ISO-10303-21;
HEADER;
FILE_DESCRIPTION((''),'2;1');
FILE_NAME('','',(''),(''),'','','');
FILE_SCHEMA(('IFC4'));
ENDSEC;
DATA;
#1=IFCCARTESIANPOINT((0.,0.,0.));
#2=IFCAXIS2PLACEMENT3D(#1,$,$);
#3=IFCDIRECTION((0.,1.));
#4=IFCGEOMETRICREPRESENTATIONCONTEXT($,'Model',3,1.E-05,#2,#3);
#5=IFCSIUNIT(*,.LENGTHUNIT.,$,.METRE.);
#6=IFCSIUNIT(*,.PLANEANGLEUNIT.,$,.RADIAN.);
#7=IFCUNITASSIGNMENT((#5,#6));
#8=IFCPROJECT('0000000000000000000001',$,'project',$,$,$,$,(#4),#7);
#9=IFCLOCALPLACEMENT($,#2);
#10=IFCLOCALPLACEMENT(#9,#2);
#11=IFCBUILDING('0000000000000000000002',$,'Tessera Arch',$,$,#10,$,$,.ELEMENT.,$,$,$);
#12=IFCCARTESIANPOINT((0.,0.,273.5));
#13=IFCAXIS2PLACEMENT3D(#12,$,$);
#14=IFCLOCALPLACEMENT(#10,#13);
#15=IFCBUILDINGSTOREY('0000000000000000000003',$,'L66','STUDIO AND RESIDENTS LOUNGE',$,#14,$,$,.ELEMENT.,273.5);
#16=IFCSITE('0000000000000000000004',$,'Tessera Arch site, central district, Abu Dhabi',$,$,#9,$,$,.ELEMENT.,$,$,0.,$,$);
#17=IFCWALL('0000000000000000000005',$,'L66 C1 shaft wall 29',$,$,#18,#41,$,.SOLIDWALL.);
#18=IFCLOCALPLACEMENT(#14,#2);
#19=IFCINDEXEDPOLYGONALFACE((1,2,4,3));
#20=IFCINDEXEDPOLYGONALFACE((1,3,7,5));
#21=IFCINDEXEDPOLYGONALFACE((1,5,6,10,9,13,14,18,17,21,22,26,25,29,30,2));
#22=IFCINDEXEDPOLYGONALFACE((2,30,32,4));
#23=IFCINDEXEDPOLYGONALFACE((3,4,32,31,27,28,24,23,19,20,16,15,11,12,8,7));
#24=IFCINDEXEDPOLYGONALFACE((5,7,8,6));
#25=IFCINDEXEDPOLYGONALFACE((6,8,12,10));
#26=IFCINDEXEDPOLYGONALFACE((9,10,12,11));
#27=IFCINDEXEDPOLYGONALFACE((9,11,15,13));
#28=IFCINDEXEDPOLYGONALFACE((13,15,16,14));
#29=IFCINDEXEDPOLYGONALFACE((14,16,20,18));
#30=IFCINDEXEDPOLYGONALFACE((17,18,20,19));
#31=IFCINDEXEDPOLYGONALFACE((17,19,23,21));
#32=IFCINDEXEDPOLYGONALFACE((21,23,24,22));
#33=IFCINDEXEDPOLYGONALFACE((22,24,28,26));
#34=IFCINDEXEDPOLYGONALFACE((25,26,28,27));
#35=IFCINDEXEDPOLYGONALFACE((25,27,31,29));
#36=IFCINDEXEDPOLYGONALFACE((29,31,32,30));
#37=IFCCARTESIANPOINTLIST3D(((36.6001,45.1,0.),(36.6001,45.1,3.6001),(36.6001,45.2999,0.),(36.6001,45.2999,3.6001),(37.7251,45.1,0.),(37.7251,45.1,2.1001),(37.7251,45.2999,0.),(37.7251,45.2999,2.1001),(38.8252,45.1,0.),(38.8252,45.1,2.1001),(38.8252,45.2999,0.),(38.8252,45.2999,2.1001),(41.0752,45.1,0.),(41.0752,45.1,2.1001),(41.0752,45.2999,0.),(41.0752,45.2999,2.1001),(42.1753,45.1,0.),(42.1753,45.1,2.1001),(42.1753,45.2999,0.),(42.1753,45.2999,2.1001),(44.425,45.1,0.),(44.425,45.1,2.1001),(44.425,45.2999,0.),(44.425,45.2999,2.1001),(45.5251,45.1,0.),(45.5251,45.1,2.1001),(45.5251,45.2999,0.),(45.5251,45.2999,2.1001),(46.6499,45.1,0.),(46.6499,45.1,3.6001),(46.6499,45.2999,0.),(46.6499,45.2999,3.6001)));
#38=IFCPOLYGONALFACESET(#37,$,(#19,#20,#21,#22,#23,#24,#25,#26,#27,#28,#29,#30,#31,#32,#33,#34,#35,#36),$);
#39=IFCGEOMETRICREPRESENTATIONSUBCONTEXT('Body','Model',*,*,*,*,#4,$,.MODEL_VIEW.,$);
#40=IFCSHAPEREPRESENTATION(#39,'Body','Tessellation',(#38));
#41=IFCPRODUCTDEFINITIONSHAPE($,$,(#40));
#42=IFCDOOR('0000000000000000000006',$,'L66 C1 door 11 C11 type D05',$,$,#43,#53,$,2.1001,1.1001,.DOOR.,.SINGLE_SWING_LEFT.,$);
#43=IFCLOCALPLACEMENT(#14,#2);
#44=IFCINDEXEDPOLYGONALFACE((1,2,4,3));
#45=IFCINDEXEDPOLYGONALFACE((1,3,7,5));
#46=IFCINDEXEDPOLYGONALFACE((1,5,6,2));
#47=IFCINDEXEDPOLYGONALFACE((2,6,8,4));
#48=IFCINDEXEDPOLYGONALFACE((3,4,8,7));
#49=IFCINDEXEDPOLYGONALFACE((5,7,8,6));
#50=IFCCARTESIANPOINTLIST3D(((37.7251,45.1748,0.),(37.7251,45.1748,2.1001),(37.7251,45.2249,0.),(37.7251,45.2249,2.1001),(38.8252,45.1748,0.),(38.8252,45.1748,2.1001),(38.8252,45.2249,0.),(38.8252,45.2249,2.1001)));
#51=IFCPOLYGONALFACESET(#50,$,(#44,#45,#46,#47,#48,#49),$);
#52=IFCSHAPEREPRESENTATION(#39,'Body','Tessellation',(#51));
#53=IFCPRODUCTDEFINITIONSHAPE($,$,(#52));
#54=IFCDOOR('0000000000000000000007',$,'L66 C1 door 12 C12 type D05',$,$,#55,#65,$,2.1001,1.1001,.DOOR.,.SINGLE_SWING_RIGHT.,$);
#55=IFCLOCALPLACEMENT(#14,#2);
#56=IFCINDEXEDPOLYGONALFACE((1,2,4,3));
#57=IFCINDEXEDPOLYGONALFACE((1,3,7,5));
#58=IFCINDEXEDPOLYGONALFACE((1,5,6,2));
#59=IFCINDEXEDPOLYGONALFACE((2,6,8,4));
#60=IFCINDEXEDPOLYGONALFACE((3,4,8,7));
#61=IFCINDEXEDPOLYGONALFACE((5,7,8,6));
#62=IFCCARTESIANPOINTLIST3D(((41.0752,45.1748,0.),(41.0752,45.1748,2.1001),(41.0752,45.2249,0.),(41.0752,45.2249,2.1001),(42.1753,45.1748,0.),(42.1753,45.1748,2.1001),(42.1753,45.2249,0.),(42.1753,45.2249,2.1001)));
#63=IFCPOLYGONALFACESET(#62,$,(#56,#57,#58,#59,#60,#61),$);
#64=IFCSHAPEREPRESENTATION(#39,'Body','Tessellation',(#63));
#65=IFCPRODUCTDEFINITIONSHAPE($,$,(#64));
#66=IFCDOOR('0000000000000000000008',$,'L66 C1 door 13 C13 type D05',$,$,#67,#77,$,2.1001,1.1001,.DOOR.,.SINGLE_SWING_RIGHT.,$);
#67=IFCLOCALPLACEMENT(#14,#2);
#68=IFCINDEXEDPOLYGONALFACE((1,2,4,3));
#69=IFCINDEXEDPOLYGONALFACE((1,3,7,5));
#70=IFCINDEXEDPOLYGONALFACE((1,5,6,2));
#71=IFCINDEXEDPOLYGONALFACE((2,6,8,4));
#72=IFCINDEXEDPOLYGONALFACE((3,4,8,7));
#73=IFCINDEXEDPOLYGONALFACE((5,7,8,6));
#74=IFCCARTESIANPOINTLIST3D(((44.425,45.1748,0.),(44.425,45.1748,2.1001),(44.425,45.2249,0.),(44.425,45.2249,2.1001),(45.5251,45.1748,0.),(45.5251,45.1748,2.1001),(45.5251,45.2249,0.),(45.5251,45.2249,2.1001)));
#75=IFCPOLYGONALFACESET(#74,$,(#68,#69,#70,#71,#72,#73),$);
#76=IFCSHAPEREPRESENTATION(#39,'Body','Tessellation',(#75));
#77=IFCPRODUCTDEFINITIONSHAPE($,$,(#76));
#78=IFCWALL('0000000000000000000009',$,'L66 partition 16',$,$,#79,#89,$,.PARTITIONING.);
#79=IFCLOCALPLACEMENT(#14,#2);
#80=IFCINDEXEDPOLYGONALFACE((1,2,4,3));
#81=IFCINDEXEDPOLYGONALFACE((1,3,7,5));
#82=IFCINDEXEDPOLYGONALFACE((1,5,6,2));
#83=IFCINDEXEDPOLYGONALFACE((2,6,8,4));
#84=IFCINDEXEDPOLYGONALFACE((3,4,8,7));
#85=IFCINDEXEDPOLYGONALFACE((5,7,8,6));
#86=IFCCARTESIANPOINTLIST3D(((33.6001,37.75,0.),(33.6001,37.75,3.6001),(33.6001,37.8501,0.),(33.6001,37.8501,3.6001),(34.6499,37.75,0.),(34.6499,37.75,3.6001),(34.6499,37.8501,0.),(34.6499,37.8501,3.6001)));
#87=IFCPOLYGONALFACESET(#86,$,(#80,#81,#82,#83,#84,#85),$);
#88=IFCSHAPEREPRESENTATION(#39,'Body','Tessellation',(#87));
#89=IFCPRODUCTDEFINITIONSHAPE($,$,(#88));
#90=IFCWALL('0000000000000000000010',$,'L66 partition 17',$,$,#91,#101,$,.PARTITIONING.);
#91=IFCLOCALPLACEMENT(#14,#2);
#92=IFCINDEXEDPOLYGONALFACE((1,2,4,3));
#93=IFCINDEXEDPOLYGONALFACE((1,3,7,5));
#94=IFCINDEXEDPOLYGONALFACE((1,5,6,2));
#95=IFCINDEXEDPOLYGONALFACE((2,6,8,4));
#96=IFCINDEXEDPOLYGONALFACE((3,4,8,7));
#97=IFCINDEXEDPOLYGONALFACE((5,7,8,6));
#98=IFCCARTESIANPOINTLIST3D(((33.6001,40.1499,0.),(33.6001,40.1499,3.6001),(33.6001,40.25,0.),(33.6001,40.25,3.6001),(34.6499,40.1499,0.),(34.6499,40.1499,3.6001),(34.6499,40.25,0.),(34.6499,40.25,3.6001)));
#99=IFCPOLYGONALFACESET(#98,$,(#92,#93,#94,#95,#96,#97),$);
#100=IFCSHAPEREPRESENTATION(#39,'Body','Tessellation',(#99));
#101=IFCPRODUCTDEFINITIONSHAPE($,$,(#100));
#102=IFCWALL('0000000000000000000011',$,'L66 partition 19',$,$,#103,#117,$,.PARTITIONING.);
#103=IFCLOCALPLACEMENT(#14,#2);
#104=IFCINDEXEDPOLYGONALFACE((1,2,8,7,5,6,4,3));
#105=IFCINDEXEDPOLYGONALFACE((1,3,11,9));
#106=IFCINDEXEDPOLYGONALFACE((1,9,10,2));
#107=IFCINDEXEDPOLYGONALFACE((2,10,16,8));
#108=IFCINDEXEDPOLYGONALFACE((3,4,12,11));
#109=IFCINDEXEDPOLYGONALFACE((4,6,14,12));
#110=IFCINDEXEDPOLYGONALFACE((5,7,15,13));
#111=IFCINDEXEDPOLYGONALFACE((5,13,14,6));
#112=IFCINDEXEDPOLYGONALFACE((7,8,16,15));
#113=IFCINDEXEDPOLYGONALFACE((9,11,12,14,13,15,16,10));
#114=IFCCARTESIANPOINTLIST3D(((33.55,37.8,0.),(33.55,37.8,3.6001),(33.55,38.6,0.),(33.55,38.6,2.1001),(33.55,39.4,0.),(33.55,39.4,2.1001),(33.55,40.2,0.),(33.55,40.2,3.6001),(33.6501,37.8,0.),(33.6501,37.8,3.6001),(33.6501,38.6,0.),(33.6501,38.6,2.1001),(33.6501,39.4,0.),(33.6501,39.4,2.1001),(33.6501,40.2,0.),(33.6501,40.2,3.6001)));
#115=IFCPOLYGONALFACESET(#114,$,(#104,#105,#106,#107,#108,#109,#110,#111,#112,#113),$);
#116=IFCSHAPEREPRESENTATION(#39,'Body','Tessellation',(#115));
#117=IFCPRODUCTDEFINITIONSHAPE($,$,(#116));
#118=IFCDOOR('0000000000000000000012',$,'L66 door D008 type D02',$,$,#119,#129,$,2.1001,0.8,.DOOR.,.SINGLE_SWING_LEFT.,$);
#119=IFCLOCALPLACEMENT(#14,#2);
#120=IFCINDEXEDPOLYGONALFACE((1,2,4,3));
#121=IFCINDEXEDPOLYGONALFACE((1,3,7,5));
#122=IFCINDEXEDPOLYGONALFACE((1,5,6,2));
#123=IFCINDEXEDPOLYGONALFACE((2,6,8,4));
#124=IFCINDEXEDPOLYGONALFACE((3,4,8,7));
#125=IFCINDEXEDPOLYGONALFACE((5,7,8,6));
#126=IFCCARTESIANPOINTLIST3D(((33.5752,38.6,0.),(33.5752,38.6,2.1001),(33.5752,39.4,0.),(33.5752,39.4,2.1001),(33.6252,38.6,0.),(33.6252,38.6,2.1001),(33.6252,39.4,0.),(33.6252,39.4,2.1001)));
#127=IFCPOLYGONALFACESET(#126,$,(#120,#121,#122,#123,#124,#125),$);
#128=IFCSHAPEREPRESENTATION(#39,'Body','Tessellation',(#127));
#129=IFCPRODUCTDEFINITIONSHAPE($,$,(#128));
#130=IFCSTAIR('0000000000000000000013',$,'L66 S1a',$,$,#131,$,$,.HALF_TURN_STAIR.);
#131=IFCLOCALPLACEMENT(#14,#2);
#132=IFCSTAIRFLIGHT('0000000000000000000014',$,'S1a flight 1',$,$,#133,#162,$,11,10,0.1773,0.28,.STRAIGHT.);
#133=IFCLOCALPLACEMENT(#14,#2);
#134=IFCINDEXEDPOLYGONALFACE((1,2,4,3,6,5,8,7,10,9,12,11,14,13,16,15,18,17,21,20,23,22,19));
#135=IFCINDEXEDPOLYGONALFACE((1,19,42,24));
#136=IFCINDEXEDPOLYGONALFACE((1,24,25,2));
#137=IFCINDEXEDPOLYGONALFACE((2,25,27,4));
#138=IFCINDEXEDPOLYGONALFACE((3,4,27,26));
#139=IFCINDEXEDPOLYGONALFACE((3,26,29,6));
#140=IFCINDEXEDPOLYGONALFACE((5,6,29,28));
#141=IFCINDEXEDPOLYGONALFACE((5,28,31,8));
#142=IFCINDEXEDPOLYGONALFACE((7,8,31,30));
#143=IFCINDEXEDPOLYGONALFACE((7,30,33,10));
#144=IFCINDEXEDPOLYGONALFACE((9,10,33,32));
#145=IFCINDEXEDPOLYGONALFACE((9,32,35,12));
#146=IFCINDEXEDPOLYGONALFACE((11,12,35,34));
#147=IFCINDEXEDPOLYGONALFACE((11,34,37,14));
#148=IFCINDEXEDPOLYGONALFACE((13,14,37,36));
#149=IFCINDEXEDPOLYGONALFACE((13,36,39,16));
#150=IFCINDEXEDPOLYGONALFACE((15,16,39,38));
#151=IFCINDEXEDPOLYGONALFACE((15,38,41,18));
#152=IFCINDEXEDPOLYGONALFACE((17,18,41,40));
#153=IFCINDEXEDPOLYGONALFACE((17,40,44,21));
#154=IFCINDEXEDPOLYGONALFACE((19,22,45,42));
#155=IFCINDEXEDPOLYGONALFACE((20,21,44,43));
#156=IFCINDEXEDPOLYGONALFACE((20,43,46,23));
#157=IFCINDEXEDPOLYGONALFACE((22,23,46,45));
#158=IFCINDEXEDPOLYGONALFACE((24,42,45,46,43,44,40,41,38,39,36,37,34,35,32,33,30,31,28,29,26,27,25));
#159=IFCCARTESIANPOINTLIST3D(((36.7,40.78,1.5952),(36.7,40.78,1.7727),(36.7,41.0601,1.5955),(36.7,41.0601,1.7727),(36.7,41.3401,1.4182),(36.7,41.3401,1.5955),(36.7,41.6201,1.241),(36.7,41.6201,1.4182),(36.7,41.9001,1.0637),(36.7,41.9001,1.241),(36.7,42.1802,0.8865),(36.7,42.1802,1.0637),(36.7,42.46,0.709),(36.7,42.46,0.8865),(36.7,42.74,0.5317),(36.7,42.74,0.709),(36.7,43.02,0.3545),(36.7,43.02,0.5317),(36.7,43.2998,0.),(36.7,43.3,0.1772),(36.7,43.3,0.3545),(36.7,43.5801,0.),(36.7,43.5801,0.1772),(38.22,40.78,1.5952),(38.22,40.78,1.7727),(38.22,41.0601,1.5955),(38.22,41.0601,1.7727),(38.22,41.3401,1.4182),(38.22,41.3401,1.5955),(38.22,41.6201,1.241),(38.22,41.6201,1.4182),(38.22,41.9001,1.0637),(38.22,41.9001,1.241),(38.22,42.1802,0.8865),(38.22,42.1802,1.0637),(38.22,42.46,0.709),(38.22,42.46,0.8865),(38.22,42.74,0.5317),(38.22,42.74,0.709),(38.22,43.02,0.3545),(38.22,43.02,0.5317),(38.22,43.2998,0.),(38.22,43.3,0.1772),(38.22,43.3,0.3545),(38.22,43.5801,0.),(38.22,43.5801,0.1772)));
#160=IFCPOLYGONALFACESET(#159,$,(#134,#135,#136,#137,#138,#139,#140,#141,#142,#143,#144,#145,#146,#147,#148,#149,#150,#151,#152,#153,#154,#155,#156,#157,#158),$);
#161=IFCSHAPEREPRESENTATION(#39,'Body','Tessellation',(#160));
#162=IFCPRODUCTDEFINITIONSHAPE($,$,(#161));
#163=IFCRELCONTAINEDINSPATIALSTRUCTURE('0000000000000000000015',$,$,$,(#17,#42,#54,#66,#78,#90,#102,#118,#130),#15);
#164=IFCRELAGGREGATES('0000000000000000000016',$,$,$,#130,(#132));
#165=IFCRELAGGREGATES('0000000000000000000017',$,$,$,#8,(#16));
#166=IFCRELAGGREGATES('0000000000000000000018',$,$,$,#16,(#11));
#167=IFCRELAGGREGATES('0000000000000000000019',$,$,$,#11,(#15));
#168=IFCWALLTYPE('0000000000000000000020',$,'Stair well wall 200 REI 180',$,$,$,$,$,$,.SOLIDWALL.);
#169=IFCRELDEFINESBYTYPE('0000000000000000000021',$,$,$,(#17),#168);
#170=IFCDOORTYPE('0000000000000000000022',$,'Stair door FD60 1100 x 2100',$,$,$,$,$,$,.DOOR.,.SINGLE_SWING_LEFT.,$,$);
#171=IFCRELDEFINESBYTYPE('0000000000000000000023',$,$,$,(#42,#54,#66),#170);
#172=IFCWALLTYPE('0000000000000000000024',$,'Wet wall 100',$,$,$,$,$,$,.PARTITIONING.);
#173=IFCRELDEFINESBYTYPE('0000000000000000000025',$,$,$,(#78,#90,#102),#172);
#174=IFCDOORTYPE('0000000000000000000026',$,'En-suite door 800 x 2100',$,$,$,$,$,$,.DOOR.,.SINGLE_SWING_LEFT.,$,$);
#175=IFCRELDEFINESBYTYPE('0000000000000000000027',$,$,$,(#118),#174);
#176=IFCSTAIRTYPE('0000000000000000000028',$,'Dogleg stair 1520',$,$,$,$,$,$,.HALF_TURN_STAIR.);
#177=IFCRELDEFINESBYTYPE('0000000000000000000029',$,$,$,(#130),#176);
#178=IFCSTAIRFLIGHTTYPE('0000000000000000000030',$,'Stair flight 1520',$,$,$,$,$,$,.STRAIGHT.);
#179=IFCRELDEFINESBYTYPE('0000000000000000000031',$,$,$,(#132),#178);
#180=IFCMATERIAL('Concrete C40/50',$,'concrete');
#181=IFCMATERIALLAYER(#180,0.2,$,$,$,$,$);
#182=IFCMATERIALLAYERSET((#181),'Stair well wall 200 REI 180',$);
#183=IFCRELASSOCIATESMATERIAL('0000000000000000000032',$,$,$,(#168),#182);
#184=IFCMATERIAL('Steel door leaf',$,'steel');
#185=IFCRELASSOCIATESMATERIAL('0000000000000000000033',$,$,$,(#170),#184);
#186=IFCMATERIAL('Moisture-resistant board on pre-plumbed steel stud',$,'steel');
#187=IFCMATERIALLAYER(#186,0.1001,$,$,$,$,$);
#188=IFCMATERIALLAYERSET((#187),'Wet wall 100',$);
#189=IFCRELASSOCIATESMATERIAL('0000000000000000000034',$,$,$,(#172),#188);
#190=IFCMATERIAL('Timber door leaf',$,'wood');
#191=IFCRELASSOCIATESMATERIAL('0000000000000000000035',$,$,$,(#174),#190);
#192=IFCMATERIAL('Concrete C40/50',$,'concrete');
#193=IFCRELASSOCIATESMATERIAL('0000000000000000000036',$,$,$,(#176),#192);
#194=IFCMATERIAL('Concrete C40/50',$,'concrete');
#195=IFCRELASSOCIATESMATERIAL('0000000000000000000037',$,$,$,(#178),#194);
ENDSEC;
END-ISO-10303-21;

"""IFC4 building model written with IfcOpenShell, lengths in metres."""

from ifc_helpers import new_model, si_unit, direction, frame, frame_2d, origin, place, context, subcontext, project, spatial, polyline, rectangle, outline, extrude, material, layer, layer_set, type_object, element, fill, aggregate, save


model = new_model("IFC4")

# Units and contexts
model_context = context("Model", 3, precision=1e-05, world=origin(), true_north=direction((0.0, 1.0)))
body_context = subcontext(model_context, "Body", "Model", "MODEL_VIEW")
ifc_project = project(units=[si_unit("LENGTHUNIT", "METRE"), si_unit("PLANEANGLEUNIT", "RADIAN")], contexts=[model_context])

# Site, building, storey
site_placement = place(None, origin())
site = spatial("IfcSite", under=ifc_project, at=site_placement, Name="Tessera Arch site, central district, Abu Dhabi", CompositionType="ELEMENT", RefElevation=0.0)
building_placement = place(site_placement, origin())
building = spatial("IfcBuilding", under=site, at=building_placement, Name="Tessera Arch", CompositionType="ELEMENT")
storey_placement = place(building_placement, frame((0.0, 0.0, 273.5)))
storey = spatial("IfcBuildingStorey", under=building, at=storey_placement, Name="L66", Description="STUDIO AND RESIDENTS LOUNGE", CompositionType="ELEMENT", Elevation=273.5)

# Shared definitions
ifc_material_1 = material(Name="Concrete C40/50", Category="concrete")
ifc_layer_1 = layer(ifc_material_1, 0.2)
ifc_layer_set_1 = layer_set([ifc_layer_1], Name="Stair well wall 200 REI 180")
wall_type_1 = type_object("IfcWallType", Name="Stair well wall 200 REI 180", PredefinedType="SOLIDWALL", material=ifc_layer_set_1)

# Wall, openings, doors
wall_1_placement = place(storey_placement, frame((36.6001, 45.2, 0.0), z_axis=(0.0, 0.0, 1.0), x_axis=(1.0, 0.0, 0.0)))
wall_1 = element("IfcWall", 1, at=wall_1_placement, inside=storey, type_object=wall_type_1, Name="L66 C1 shaft wall 29", PredefinedType="SOLIDWALL", context=body_context, shape_type="SweptSolid", body=[
    extrude(rectangle(XDim=10.0498, YDim=0.2, at=frame_2d((5.0249, 0.0))), origin(), (0.0, 0.0, 1.0), 3.6001),
])
opening_1_placement = place(wall_1_placement, frame((1.125, 0.0, 0.0)))
opening_1 = element("IfcOpeningElement", 2, at=opening_1_placement, cuts=wall_1, PredefinedType="OPENING", context=body_context, shape_type="SweptSolid", body=[
    extrude(rectangle(XDim=1.1001, YDim=2.1001, at=frame_2d((0.55, 1.05))), frame((0.0, 0.1099, 0.0), z_axis=(0.0, -1.0, 0.0), x_axis=(1.0, 0.0, 0.0)), (0.0, 0.0, 1.0), 0.22),
])
opening_2_placement = place(wall_1_placement, frame((4.4751, 0.0, 0.0)))
opening_2 = element("IfcOpeningElement", 3, at=opening_2_placement, cuts=wall_1, PredefinedType="OPENING", context=body_context, shape_type="SweptSolid", body=[
    extrude(rectangle(XDim=1.1001, YDim=2.1001, at=frame_2d((0.55, 1.05))), frame((0.0, 0.1099, 0.0), z_axis=(0.0, -1.0, 0.0), x_axis=(1.0, 0.0, 0.0)), (0.0, 0.0, 1.0), 0.22),
])
opening_3_placement = place(wall_1_placement, frame((7.825, 0.0, 0.0)))
opening_3 = element("IfcOpeningElement", 4, at=opening_3_placement, cuts=wall_1, PredefinedType="OPENING", context=body_context, shape_type="SweptSolid", body=[
    extrude(rectangle(XDim=1.1001, YDim=2.1001, at=frame_2d((0.55, 1.05))), frame((0.0, 0.1099, 0.0), z_axis=(0.0, -1.0, 0.0), x_axis=(1.0, 0.0, 0.0)), (0.0, 0.0, 1.0), 0.22),
])
ifc_material_2 = material(Name="Steel door leaf", Category="steel")
door_type_1 = type_object("IfcDoorType", Name="Stair door FD60 1100 x 2100", OperationType="SINGLE_SWING_LEFT", PredefinedType="DOOR", material=ifc_material_2)
door_1_placement = place(opening_1_placement, origin())
door_1 = element("IfcDoor", 5, at=door_1_placement, inside=storey, type_object=door_type_1, Name="L66 C1 door 11 C11 type D05", OperationType="SINGLE_SWING_LEFT", OverallHeight=2.1001, OverallWidth=1.1001, PredefinedType="DOOR", context=body_context, shape_type="SweptSolid", body=[
    extrude(rectangle(XDim=1.1001, YDim=2.1001, at=frame_2d((0.55, 1.05))), frame((0.0, 0.0249, 0.0), z_axis=(0.0, -1.0, 0.0), x_axis=(1.0, 0.0, 0.0)), (0.0, 0.0, 1.0), 0.05),
])
fill(opening_1, door_1)
door_2_placement = place(opening_2_placement, origin())
door_2 = element("IfcDoor", 6, at=door_2_placement, inside=storey, type_object=door_type_1, Name="L66 C1 door 12 C12 type D05", OperationType="SINGLE_SWING_RIGHT", OverallHeight=2.1001, OverallWidth=1.1001, PredefinedType="DOOR", context=body_context, shape_type="SweptSolid", body=[
    extrude(rectangle(XDim=1.1001, YDim=2.1001, at=frame_2d((0.55, 1.05))), frame((0.0, 0.0249, 0.0), z_axis=(0.0, -1.0, 0.0), x_axis=(1.0, 0.0, 0.0)), (0.0, 0.0, 1.0), 0.05),
])
fill(opening_2, door_2)
door_3_placement = place(opening_3_placement, origin())
door_3 = element("IfcDoor", 7, at=door_3_placement, inside=storey, type_object=door_type_1, Name="L66 C1 door 13 C13 type D05", OperationType="SINGLE_SWING_RIGHT", OverallHeight=2.1001, OverallWidth=1.1001, PredefinedType="DOOR", context=body_context, shape_type="SweptSolid", body=[
    extrude(rectangle(XDim=1.1001, YDim=2.1001, at=frame_2d((0.55, 1.05))), frame((0.0, 0.0249, 0.0), z_axis=(0.0, -1.0, 0.0), x_axis=(1.0, 0.0, 0.0)), (0.0, 0.0, 1.0), 0.05),
])
fill(opening_3, door_3)

# Walls
ifc_material_3 = material(Name="Moisture-resistant board on pre-plumbed steel stud", Category="steel")
ifc_layer_2 = layer(ifc_material_3, 0.1001)
ifc_layer_set_2 = layer_set([ifc_layer_2], Name="Wet wall 100")
wall_type_2 = type_object("IfcWallType", Name="Wet wall 100", PredefinedType="PARTITIONING", material=ifc_layer_set_2)
for number, where, z_axis, x_axis, name in (
    (8, (33.6001, 37.8, 0.0), (0.0, 0.0, 1.0), (1.0, 0.0, 0.0), "L66 partition 16"),
    (9, (33.6001, 40.2, 0.0), (0.0, 0.0, 1.0), (1.0, 0.0, 0.0), "L66 partition 17"),
):
    element("IfcWall", number, at=place(storey_placement, frame(where, z_axis=z_axis, x_axis=x_axis)), inside=storey, type_object=wall_type_2, Name=name, PredefinedType="PARTITIONING", context=body_context, shape_type="SweptSolid", body=[
        extrude(rectangle(XDim=1.0498, YDim=0.1001, at=frame_2d((0.5249, 0.0))), origin(), (0.0, 0.0, 1.0), 3.6001),
    ])

# Wall, opening, door
wall_2_placement = place(storey_placement, frame((33.6001, 37.8, 0.0), z_axis=(0.0, 0.0, 1.0), x_axis=(0.0, 1.0, 0.0)))
wall_2 = element("IfcWall", 10, at=wall_2_placement, inside=storey, type_object=wall_type_2, Name="L66 partition 19", PredefinedType="PARTITIONING", context=body_context, shape_type="SweptSolid", body=[
    extrude(rectangle(XDim=2.3999, YDim=0.1001, at=frame_2d((1.2, 0.0))), origin(), (0.0, 0.0, 1.0), 3.6001),
])
opening_4_placement = place(wall_2_placement, frame((0.8, 0.0, 0.0)))
opening_4 = element("IfcOpeningElement", 11, at=opening_4_placement, cuts=wall_2, PredefinedType="OPENING", context=body_context, shape_type="SweptSolid", body=[
    extrude(rectangle(XDim=0.8, YDim=2.1001, at=frame_2d((0.3999, 1.05))), frame((0.0, 0.0601, 0.0), z_axis=(0.0, -1.0, 0.0), x_axis=(1.0, 0.0, 0.0)), (0.0, 0.0, 1.0), 0.1201),
])
ifc_material_4 = material(Name="Timber door leaf", Category="wood")
door_type_2 = type_object("IfcDoorType", Name="En-suite door 800 x 2100", OperationType="SINGLE_SWING_LEFT", PredefinedType="DOOR", material=ifc_material_4)
door_4_placement = place(opening_4_placement, origin())
door_4 = element("IfcDoor", 12, at=door_4_placement, inside=storey, type_object=door_type_2, Name="L66 door D008 type D02", OperationType="SINGLE_SWING_LEFT", OverallHeight=2.1001, OverallWidth=0.8, PredefinedType="DOOR", context=body_context, shape_type="SweptSolid", body=[
    extrude(rectangle(XDim=0.8, YDim=2.1001, at=frame_2d((0.3999, 1.05))), frame((0.0, 0.0249, 0.0), z_axis=(0.0, -1.0, 0.0), x_axis=(1.0, 0.0, 0.0)), (0.0, 0.0, 1.0), 0.05),
])
fill(opening_4, door_4)

# Stair, stair flight
ifc_material_5 = material(Name="Concrete C40/50", Category="concrete")
stair_type = type_object("IfcStairType", Name="Dogleg stair 1520", PredefinedType="HALF_TURN_STAIR", material=ifc_material_5)
stair_placement = place(storey_placement, origin())
stair = element("IfcStair", 13, at=stair_placement, inside=storey, type_object=stair_type, Name="L66 S1a", PredefinedType="HALF_TURN_STAIR")
ifc_material_6 = material(Name="Concrete C40/50", Category="concrete")
stair_flight_type = type_object("IfcStairFlightType", Name="Stair flight 1520", PredefinedType="STRAIGHT", material=ifc_material_6)
stair_flight_1_placement = place(storey_placement, frame((37.46, 43.5801, 0.0), z_axis=(0.0, 0.0, 1.0), x_axis=(0.0, -1.0, 0.0)))
stair_flight_1 = element("IfcStairFlight", 14, at=stair_flight_1_placement, type_object=stair_flight_type, Name="S1a flight 1", NumberOfRisers=11, NumberOfTreads=10, PredefinedType="STRAIGHT", RiserHeight=0.1773, TreadLength=0.28, context=body_context, shape_type="SweptSolid", body=[
    extrude(outline(polyline([(0.0, 0.0), (0.0, 0.1772), (0.28, 0.1772), (0.28, 0.3545), (0.5601, 0.3545), (0.5601, 0.5317), (0.8401, 0.5317), (0.8401, 0.709), (1.1201, 0.709), (1.1201, 0.8865), (1.3999, 0.8865), (1.3999, 1.0637), (1.6799, 1.0637), (1.6799, 1.241), (1.96, 1.241), (1.96, 1.4182), (2.24, 1.4182), (2.24, 1.5955), (2.52, 1.5955), (2.52, 1.7727), (2.8, 1.7727), (2.8, 1.95), (2.8, 1.5952), (0.2803, 0.0), (0.0, 0.0)])), frame((0.0, 0.76, 0.0), z_axis=(0.0, -1.0, 0.0), x_axis=(1.0, 0.0, 0.0)), (0.0, 0.0, 1.0), 1.52),
])
aggregate(stair, [stair_flight_1])

save(model, "model.ifc")
